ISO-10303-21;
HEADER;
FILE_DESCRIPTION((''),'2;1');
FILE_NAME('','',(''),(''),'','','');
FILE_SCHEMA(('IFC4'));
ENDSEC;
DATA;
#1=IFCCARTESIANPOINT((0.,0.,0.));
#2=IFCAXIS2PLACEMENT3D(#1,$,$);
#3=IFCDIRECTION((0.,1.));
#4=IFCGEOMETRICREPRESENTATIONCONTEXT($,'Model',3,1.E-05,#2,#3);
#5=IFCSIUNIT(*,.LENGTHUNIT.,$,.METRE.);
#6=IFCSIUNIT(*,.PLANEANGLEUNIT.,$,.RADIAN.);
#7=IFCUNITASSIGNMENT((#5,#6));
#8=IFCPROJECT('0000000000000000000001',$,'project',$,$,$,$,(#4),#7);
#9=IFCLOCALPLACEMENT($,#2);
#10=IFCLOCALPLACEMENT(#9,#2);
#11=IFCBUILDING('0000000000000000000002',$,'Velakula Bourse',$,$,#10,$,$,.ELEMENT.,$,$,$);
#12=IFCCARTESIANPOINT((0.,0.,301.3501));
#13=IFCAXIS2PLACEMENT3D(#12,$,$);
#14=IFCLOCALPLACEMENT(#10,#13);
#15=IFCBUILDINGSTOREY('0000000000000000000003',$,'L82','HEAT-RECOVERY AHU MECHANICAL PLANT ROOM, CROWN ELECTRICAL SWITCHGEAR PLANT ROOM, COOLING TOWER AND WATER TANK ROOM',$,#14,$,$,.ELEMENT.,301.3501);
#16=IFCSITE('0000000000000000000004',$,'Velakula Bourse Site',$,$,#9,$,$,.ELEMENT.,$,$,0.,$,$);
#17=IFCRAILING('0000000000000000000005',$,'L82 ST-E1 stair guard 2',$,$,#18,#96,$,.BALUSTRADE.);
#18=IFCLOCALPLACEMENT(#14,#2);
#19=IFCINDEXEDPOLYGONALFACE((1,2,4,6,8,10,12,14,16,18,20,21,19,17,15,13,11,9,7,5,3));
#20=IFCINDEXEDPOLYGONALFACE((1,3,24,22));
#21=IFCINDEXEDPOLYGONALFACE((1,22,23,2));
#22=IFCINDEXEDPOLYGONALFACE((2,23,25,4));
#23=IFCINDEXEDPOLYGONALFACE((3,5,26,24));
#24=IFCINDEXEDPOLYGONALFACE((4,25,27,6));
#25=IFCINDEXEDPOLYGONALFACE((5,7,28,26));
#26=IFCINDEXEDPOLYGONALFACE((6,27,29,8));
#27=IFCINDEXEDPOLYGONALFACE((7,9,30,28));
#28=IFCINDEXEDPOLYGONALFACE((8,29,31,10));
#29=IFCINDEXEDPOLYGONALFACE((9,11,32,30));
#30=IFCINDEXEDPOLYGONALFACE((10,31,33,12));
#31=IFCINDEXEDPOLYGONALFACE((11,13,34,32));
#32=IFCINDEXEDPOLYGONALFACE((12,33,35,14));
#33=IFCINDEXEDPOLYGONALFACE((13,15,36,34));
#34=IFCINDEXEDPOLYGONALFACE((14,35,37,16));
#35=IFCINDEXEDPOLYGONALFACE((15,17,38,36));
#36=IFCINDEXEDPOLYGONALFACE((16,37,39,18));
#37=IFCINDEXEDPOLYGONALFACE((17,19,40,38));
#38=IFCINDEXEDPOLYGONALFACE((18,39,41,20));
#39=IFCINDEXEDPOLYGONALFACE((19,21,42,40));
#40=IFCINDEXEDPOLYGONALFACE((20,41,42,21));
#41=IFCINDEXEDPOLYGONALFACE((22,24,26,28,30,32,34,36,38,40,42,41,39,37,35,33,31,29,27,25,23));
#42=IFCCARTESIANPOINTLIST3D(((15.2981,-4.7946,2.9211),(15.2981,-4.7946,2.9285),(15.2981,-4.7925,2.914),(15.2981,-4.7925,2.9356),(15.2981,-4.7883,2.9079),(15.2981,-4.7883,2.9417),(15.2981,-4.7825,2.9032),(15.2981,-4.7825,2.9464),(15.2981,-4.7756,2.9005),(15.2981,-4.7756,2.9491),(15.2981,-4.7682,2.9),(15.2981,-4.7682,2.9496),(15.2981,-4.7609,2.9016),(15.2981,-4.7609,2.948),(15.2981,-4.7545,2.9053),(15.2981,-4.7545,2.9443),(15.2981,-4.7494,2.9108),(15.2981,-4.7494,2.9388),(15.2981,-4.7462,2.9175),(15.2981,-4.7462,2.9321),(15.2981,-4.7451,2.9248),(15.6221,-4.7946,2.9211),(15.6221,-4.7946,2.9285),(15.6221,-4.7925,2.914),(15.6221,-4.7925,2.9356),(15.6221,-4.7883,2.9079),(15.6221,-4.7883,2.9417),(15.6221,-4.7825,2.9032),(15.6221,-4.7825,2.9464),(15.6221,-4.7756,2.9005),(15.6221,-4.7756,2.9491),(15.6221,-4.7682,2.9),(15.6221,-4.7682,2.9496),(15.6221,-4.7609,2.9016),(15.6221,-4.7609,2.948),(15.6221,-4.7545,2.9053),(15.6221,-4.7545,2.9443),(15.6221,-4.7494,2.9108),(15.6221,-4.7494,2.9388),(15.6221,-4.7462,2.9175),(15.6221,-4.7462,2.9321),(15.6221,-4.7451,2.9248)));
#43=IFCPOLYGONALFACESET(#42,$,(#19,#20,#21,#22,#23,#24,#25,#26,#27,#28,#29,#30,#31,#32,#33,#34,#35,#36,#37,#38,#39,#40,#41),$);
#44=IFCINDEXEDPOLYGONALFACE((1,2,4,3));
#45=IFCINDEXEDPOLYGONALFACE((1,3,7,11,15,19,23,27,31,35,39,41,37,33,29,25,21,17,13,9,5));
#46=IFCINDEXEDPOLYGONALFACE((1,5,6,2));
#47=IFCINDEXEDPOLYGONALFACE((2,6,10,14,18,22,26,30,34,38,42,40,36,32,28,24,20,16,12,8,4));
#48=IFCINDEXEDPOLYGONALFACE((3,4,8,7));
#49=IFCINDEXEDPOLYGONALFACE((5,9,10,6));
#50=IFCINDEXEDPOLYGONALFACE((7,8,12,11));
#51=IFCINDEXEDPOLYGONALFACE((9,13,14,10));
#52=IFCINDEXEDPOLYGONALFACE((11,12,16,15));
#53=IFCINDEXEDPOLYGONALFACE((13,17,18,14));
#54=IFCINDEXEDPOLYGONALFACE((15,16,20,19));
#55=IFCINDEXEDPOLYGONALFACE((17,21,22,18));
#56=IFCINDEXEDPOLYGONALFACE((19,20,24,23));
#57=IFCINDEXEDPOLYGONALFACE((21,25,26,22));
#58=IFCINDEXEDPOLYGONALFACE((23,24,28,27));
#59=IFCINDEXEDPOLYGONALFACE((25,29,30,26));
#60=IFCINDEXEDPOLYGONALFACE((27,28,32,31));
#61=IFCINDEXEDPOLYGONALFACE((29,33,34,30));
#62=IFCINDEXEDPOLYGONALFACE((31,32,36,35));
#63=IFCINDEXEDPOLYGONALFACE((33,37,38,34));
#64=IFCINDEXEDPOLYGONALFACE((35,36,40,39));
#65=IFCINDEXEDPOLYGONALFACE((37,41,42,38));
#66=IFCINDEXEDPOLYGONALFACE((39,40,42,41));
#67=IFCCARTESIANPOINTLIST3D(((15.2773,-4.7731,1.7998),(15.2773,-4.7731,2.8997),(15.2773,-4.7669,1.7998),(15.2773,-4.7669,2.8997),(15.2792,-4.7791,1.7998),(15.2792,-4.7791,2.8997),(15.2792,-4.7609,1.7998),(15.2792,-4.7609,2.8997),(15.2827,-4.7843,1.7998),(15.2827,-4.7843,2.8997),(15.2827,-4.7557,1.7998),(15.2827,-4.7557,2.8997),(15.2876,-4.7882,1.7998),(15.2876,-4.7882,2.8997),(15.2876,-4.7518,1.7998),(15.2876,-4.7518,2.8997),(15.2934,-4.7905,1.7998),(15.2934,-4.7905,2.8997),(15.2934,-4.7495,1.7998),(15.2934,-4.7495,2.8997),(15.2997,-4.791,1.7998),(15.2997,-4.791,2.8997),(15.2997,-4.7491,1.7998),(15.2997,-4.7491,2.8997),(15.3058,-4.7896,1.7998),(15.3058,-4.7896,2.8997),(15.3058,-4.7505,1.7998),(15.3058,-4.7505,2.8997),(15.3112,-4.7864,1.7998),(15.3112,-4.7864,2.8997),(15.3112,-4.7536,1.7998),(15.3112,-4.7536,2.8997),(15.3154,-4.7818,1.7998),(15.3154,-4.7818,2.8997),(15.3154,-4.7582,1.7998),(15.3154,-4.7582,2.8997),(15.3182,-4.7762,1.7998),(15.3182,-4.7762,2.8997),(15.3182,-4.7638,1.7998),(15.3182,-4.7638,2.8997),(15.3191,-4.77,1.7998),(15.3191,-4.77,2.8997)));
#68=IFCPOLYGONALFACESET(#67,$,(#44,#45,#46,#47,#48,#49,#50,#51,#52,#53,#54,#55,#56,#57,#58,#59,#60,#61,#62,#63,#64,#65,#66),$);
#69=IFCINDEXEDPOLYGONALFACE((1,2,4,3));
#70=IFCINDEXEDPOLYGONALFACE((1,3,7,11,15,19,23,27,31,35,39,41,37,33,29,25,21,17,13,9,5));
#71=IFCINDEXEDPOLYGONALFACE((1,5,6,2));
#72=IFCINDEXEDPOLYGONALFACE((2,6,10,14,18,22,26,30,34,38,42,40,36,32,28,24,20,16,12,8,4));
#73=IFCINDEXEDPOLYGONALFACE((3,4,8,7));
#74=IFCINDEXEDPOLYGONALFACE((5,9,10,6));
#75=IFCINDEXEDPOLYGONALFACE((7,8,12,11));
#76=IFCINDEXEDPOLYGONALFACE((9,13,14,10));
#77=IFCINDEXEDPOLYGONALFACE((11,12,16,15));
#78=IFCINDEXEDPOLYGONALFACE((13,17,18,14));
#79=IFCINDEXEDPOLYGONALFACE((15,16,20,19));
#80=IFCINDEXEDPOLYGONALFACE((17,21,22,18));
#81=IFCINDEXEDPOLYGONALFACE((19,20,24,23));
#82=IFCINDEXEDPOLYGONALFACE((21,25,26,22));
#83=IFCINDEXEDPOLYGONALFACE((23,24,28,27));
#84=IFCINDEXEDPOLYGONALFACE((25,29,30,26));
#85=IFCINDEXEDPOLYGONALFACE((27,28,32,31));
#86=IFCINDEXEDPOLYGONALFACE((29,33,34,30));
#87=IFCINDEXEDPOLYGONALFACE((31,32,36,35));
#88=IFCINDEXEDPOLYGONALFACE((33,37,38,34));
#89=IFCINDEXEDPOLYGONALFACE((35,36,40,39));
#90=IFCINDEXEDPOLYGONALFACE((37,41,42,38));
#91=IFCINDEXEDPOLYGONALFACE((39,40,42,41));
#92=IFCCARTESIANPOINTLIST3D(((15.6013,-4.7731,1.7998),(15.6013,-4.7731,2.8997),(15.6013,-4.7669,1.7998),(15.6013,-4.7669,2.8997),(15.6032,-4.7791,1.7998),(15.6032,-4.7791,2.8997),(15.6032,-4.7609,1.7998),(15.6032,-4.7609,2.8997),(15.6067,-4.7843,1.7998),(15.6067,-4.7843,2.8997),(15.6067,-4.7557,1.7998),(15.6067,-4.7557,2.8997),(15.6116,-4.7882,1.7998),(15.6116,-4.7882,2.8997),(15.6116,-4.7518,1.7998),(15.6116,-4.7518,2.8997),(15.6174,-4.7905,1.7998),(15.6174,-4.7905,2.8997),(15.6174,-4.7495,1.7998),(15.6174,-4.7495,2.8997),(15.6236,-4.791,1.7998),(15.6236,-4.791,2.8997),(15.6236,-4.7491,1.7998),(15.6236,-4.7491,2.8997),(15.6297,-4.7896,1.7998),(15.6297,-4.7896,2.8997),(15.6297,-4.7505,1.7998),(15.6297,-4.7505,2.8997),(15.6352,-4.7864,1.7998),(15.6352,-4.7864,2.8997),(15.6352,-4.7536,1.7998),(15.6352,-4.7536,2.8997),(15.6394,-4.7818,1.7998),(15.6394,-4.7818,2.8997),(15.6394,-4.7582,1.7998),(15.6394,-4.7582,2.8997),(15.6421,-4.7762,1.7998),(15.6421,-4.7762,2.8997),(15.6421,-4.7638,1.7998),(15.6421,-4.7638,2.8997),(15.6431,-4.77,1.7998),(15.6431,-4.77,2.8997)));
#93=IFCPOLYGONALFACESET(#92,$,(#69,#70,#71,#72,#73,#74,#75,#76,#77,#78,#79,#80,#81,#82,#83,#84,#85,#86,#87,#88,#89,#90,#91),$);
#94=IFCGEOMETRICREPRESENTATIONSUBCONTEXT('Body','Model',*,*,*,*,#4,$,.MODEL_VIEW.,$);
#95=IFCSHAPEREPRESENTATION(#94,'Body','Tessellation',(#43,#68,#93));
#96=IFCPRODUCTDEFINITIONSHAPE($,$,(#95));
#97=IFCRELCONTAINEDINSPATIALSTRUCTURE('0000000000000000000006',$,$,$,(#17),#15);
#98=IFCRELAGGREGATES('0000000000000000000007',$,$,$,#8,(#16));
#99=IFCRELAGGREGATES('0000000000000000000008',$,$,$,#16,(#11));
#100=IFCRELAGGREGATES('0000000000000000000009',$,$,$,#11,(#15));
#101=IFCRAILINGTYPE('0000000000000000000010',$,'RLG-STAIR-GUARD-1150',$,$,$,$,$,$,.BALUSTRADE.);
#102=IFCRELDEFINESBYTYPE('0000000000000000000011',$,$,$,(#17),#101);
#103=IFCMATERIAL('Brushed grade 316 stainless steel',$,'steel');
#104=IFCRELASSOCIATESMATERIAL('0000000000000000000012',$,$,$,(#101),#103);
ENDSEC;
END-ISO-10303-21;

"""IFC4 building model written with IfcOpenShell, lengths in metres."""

from ifc_helpers import new_model, si_unit, direction, frame, origin, origin_2d, place, context, subcontext, project, spatial, circle, extrude, material, type_object, element, save


model = new_model("IFC4")

# Units and contexts
model_context = context("Model", 3, precision=1e-05, world=origin(), true_north=direction((0.0, 1.0)))
body_context = subcontext(model_context, "Body", "Model", "MODEL_VIEW")
ifc_project = project(units=[si_unit("LENGTHUNIT", "METRE"), si_unit("PLANEANGLEUNIT", "RADIAN")], contexts=[model_context])

# Site, building, storey
site_placement = place(None, origin())
site = spatial("IfcSite", under=ifc_project, at=site_placement, Name="Velakula Bourse Site", CompositionType="ELEMENT", RefElevation=0.0)
building_placement = place(site_placement, origin())
building = spatial("IfcBuilding", under=site, at=building_placement, Name="Velakula Bourse", CompositionType="ELEMENT")
storey_placement = place(building_placement, frame((0.0, 0.0, 301.3501)))
storey = spatial("IfcBuildingStorey", under=building, at=storey_placement, Name="L82", Description="HEAT-RECOVERY AHU MECHANICAL PLANT ROOM, CROWN ELECTRICAL SWITCHGEAR PLANT ROOM, COOLING TOWER AND WATER TANK ROOM", CompositionType="ELEMENT", Elevation=301.3501)

# Shared definitions
ifc_material_1 = material(Name="Brushed grade 316 stainless steel", Category="steel")

# Railing
railing_type_1 = type_object("IfcRailingType", Name="RLG-STAIR-GUARD-1150", PredefinedType="BALUSTRADE", material=ifc_material_1)
railing_1_placement = place(storey_placement, frame((15.2981, -4.77, 1.7998)))
element("IfcRailing", 1, at=railing_1_placement, inside=storey, type_object=railing_type_1, Name="L82 ST-E1 stair guard 2", PredefinedType="BALUSTRADE", context=body_context, shape_type="SweptSolid", body=[
    extrude(circle(Radius=0.0249, at=origin_2d()), frame((0.0, 0.0, 1.125), z_axis=(1.0, 0.0, 0.0), x_axis=(0.0, 1.0, 0.0)), (0.0, 0.0, 1.0), 0.324),
    extrude(circle(Radius=0.021, at=origin_2d()), origin(), (0.0, 0.0, 1.0), 1.0999),
    extrude(circle(Radius=0.021, at=origin_2d()), frame((0.324, 0.0, 0.0)), (0.0, 0.0, 1.0), 1.0999),
])

save(model, "model.ifc")
